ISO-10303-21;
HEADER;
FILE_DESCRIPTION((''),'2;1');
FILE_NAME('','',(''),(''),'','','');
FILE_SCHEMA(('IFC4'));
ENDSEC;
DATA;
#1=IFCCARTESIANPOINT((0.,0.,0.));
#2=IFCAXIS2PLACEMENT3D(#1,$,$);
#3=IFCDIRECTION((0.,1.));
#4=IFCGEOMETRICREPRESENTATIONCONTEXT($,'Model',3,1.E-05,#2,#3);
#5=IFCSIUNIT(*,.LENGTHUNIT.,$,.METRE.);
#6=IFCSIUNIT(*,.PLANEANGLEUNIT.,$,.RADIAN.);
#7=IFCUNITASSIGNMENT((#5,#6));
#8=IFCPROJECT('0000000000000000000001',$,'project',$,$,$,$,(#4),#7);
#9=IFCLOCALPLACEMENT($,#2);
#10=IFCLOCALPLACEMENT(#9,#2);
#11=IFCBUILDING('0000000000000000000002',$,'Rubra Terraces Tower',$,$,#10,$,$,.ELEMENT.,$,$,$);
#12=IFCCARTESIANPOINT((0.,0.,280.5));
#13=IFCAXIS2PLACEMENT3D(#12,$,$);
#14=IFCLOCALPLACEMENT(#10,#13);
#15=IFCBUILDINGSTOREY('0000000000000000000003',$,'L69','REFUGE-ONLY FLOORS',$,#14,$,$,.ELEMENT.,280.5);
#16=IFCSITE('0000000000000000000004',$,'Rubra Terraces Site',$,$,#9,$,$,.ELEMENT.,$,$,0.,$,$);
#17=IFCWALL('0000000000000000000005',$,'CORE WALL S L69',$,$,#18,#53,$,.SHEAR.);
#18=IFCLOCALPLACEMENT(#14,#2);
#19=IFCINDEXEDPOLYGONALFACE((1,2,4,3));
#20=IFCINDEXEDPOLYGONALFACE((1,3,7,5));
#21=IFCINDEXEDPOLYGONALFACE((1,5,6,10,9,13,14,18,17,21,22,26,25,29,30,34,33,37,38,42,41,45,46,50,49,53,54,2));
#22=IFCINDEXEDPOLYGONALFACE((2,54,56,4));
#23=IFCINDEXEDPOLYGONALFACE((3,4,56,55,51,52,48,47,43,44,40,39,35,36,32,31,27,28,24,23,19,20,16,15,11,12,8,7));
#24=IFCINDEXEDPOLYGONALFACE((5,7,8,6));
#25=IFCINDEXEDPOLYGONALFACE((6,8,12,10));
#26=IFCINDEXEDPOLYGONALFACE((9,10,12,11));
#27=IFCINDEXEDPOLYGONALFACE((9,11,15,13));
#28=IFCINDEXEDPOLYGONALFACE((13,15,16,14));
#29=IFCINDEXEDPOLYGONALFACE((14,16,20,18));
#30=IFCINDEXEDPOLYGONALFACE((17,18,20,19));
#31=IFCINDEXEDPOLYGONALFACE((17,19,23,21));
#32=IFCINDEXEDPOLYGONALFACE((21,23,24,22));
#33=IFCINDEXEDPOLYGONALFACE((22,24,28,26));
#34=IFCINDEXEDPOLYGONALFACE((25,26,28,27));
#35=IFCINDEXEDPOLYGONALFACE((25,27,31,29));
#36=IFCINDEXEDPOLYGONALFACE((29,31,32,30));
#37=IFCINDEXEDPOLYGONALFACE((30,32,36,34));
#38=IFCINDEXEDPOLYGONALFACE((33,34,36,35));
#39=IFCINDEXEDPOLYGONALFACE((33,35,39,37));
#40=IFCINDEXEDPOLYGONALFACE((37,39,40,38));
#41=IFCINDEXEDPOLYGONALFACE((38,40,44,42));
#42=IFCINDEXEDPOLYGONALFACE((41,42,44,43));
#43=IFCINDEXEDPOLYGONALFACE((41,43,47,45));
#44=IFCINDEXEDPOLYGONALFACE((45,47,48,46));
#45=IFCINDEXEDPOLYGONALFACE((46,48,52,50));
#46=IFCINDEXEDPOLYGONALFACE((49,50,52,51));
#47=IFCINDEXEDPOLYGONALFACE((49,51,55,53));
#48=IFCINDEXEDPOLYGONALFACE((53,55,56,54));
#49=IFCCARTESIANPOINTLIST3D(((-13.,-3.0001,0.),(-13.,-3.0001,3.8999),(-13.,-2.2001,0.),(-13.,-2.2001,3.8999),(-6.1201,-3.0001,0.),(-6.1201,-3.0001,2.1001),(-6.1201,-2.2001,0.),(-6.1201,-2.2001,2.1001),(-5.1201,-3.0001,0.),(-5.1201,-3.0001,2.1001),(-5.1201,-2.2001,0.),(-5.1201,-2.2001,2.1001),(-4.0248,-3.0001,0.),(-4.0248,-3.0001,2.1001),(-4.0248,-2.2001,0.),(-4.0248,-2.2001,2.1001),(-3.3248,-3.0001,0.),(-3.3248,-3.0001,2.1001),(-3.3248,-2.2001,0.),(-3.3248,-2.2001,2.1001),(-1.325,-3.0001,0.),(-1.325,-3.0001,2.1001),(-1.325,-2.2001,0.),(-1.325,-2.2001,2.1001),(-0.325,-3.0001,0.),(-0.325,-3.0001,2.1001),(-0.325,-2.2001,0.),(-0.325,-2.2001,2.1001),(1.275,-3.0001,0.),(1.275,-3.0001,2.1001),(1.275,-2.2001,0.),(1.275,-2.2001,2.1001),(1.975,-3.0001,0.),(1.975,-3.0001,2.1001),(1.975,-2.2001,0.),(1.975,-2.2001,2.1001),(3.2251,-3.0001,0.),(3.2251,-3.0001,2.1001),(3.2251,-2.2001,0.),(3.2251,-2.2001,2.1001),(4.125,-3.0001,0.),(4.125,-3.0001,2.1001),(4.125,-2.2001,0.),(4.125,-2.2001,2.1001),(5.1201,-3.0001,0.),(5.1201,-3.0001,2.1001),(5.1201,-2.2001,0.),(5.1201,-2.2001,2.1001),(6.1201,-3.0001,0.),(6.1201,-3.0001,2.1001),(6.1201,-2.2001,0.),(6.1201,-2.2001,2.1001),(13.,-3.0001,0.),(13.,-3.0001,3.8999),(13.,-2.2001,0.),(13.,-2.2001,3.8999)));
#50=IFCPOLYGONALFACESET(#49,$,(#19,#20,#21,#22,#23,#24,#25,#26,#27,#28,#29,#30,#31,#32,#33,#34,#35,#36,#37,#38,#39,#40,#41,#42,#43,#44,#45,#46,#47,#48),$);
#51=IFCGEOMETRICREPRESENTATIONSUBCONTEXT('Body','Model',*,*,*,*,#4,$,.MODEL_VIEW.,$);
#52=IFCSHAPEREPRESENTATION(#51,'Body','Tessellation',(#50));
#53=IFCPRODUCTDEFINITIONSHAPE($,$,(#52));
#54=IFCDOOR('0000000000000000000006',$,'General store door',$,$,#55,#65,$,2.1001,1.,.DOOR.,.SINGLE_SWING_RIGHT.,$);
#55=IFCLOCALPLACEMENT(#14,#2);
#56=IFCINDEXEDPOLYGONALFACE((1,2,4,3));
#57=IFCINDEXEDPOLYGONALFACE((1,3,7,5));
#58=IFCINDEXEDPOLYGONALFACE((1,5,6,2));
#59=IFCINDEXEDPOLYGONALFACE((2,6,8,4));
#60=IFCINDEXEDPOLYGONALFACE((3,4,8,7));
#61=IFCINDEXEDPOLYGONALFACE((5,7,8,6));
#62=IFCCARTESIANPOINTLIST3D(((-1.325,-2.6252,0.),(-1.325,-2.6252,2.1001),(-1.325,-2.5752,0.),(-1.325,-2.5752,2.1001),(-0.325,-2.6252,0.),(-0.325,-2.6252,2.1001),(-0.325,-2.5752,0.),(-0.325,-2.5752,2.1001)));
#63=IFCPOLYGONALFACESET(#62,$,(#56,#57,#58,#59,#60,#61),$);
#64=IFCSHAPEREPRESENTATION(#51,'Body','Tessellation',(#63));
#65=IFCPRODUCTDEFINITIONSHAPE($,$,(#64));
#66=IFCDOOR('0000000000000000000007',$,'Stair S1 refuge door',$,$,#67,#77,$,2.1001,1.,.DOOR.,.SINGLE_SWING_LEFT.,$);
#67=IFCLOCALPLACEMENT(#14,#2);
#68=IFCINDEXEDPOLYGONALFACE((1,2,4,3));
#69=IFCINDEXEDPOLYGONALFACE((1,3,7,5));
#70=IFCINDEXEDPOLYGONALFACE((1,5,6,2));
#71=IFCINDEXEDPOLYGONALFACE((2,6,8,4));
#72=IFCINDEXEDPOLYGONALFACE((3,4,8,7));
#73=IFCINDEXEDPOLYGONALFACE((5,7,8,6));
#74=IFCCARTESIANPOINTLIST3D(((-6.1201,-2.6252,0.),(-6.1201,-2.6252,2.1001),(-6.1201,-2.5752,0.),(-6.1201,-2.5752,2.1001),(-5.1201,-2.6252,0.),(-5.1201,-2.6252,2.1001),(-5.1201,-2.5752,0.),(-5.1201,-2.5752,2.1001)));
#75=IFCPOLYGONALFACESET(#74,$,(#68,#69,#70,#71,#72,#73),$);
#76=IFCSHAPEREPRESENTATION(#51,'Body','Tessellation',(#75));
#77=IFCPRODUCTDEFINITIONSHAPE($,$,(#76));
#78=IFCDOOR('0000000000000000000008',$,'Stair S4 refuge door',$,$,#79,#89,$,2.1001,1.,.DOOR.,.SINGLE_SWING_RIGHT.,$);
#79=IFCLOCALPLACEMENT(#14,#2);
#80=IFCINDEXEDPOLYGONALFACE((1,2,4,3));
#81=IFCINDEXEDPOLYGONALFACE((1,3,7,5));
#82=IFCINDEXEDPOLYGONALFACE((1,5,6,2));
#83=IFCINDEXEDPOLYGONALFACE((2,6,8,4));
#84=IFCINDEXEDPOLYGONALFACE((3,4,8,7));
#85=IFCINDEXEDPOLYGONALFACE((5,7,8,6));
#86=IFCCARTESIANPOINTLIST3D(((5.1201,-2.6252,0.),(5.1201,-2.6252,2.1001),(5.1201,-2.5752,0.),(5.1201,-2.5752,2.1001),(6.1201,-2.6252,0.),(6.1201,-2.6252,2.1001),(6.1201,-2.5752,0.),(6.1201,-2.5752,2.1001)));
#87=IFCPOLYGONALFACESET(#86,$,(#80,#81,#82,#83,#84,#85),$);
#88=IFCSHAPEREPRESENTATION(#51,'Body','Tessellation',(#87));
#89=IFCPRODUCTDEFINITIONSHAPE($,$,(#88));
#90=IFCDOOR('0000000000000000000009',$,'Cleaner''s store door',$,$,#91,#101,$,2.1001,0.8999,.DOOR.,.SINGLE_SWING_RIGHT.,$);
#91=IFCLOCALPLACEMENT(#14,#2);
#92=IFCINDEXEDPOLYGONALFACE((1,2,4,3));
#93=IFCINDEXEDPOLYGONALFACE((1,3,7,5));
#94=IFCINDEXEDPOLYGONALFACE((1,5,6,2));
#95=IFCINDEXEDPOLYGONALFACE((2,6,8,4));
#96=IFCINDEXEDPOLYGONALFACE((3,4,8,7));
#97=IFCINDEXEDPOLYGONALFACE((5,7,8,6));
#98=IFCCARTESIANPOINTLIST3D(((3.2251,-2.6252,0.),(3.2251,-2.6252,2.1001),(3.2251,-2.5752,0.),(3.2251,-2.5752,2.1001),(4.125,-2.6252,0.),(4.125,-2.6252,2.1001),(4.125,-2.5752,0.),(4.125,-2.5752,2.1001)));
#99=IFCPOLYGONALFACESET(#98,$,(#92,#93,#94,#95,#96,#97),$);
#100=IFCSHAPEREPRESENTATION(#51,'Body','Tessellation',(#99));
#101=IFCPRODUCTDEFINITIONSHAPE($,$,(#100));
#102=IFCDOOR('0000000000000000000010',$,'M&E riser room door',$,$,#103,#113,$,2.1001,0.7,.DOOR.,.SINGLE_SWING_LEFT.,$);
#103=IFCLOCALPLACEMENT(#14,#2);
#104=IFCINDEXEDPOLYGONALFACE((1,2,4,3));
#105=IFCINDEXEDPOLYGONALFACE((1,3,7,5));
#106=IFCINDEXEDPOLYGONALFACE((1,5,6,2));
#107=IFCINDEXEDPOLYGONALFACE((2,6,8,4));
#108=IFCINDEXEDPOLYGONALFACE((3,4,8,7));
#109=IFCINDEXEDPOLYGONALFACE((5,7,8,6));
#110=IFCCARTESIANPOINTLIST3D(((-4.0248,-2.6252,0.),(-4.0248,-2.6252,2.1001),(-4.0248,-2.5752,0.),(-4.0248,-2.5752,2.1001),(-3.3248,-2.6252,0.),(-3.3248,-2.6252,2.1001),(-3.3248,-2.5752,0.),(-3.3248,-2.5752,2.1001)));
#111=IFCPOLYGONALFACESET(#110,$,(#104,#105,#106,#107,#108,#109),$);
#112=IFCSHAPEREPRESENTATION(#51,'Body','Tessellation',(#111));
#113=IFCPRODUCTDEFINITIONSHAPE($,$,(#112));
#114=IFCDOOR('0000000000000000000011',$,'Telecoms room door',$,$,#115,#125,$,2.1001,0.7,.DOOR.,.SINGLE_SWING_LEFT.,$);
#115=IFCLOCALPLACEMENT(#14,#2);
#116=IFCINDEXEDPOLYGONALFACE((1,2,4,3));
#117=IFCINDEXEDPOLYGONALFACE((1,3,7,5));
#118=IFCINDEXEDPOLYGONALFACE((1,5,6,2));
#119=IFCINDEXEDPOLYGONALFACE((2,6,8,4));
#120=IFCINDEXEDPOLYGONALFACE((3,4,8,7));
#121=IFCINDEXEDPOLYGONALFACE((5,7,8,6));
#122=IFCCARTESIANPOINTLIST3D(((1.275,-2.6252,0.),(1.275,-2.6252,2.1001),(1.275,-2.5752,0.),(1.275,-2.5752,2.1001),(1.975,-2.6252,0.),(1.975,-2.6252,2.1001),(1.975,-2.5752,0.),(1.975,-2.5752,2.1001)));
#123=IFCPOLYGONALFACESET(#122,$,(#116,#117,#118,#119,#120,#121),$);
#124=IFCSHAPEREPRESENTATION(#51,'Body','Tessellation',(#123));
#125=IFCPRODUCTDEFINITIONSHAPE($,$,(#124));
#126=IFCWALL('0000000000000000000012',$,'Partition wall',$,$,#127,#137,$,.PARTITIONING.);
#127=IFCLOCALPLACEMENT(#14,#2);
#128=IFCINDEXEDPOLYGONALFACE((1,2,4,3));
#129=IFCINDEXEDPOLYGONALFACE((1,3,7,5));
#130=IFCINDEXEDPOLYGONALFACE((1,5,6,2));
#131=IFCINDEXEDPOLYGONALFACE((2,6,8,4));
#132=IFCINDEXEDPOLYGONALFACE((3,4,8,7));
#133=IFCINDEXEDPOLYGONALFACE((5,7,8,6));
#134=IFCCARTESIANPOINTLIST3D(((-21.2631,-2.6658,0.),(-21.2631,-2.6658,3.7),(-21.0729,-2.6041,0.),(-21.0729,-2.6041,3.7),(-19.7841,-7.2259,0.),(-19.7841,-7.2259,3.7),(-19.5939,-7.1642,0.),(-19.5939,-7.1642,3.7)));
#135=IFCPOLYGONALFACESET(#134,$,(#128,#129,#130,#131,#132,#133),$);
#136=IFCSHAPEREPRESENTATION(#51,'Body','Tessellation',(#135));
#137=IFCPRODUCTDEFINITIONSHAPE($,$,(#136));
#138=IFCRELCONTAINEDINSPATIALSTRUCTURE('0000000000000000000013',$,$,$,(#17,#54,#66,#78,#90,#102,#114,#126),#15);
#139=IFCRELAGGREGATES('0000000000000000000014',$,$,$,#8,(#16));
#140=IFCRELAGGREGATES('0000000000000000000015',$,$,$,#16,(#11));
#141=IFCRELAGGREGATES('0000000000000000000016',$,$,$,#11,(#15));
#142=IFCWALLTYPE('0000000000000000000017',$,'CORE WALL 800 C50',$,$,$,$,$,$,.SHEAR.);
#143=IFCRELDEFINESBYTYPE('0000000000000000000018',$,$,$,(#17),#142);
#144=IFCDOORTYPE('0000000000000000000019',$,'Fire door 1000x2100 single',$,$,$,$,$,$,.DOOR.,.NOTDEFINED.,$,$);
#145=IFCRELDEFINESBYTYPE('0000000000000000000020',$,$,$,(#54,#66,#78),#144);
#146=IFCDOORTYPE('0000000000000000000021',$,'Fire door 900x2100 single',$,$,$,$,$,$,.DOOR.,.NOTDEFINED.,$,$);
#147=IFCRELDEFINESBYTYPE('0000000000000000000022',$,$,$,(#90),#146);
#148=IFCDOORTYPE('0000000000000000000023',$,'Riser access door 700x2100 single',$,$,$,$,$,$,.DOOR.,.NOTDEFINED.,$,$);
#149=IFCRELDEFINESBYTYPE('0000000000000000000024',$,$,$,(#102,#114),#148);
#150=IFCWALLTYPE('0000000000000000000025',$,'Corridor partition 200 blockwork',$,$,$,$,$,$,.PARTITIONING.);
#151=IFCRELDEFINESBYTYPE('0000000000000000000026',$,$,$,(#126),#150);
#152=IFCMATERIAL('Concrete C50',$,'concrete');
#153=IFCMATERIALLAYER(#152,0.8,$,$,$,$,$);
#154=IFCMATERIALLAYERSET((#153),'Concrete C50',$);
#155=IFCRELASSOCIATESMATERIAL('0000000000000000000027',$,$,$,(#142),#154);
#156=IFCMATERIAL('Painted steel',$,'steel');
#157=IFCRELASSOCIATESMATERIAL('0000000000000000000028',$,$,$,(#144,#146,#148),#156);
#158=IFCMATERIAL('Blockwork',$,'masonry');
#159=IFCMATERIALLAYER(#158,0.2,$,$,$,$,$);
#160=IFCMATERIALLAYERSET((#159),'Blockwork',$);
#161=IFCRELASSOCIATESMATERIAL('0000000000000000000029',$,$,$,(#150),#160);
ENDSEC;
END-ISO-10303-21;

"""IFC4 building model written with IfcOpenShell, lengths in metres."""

from ifc_helpers import new_model, si_unit, direction, frame, frame_2d, origin, place, context, subcontext, project, spatial, rectangle, extrude, material, layer, layer_set, type_object, element, fill, save


model = new_model("IFC4")

# Units and contexts
model_context = context("Model", 3, precision=1e-05, world=origin(), true_north=direction((0.0, 1.0)))
body_context = subcontext(model_context, "Body", "Model", "MODEL_VIEW")
ifc_project = project(units=[si_unit("LENGTHUNIT", "METRE"), si_unit("PLANEANGLEUNIT", "RADIAN")], contexts=[model_context])

# Site, building, storey
site_placement = place(None, origin())
site = spatial("IfcSite", under=ifc_project, at=site_placement, Name="Rubra Terraces Site", CompositionType="ELEMENT", RefElevation=0.0)
building_placement = place(site_placement, origin())
building = spatial("IfcBuilding", under=site, at=building_placement, Name="Rubra Terraces Tower", CompositionType="ELEMENT")
storey_placement = place(building_placement, frame((0.0, 0.0, 280.5)))
storey = spatial("IfcBuildingStorey", under=building, at=storey_placement, Name="L69", Description="REFUGE-ONLY FLOORS", CompositionType="ELEMENT", Elevation=280.5)

# Shared definitions
ifc_material_1 = material(Name="Concrete C50", Category="concrete")

# Wall, openings, doors
ifc_layer_1 = layer(ifc_material_1, 0.8)
ifc_layer_set_1 = layer_set([ifc_layer_1], Name="Concrete C50")
wall_type_1 = type_object("IfcWallType", Name="CORE WALL 800 C50", PredefinedType="SHEAR", material=ifc_layer_set_1)
wall_1_placement = place(storey_placement, frame((-13.0, -2.6001, 0.0), z_axis=(0.0, 0.0, 1.0), x_axis=(1.0, 0.0, 0.0)))
wall_1 = element("IfcWall", 1, at=wall_1_placement, inside=storey, type_object=wall_type_1, Name="CORE WALL S L69", PredefinedType="SHEAR", context=body_context, shape_type="SweptSolid", body=[
    extrude(rectangle(XDim=26.0, YDim=0.8, at=frame_2d((13.0, 0.0))), origin(), (0.0, 0.0, 1.0), 3.8999),
])
opening_1_placement = place(wall_1_placement, frame((8.9751, 0.0, 0.0)))
opening_1 = element("IfcOpeningElement", 2, at=opening_1_placement, cuts=wall_1, PredefinedType="OPENING", context=body_context, shape_type="SweptSolid", body=[
    extrude(rectangle(XDim=0.7, YDim=2.1001, at=frame_2d((0.3501, 1.05))), frame((0.0, 0.4099, 0.0), z_axis=(0.0, -1.0, 0.0), x_axis=(1.0, 0.0, 0.0)), (0.0, 0.0, 1.0), 0.8201),
])
opening_2_placement = place(wall_1_placement, frame((11.675, 0.0, 0.0)))
opening_2 = element("IfcOpeningElement", 3, at=opening_2_placement, cuts=wall_1, PredefinedType="OPENING", context=body_context, shape_type="SweptSolid", body=[
    extrude(rectangle(XDim=1.0, YDim=2.1001, at=frame_2d((0.5, 1.05))), frame((0.0, 0.4099, 0.0), z_axis=(0.0, -1.0, 0.0), x_axis=(1.0, 0.0, 0.0)), (0.0, 0.0, 1.0), 0.8201),
])
opening_3_placement = place(wall_1_placement, frame((14.2749, 0.0, 0.0)))
opening_3 = element("IfcOpeningElement", 4, at=opening_3_placement, cuts=wall_1, PredefinedType="OPENING", context=body_context, shape_type="SweptSolid", body=[
    extrude(rectangle(XDim=0.7, YDim=2.1001, at=frame_2d((0.3501, 1.05))), frame((0.0, 0.4099, 0.0), z_axis=(0.0, -1.0, 0.0), x_axis=(1.0, 0.0, 0.0)), (0.0, 0.0, 1.0), 0.8201),
])
opening_4_placement = place(wall_1_placement, frame((16.2251, 0.0, 0.0)))
opening_4 = element("IfcOpeningElement", 5, at=opening_4_placement, cuts=wall_1, PredefinedType="OPENING", context=body_context, shape_type="SweptSolid", body=[
    extrude(rectangle(XDim=0.8999, YDim=2.1001, at=frame_2d((0.45, 1.05))), frame((0.0, 0.4099, 0.0), z_axis=(0.0, -1.0, 0.0), x_axis=(1.0, 0.0, 0.0)), (0.0, 0.0, 1.0), 0.8201),
])
opening_5_placement = place(wall_1_placement, frame((6.8799, 0.0, 0.0)))
opening_5 = element("IfcOpeningElement", 6, at=opening_5_placement, cuts=wall_1, PredefinedType="OPENING", context=body_context, shape_type="SweptSolid", body=[
    extrude(rectangle(XDim=1.0, YDim=2.1001, at=frame_2d((0.5, 1.05))), frame((0.0, 0.4099, 0.0), z_axis=(0.0, -1.0, 0.0), x_axis=(1.0, 0.0, 0.0)), (0.0, 0.0, 1.0), 0.8201),
])
opening_6_placement = place(wall_1_placement, frame((18.1201, 0.0, 0.0)))
opening_6 = element("IfcOpeningElement", 7, at=opening_6_placement, cuts=wall_1, PredefinedType="OPENING", context=body_context, shape_type="SweptSolid", body=[
    extrude(rectangle(XDim=1.0, YDim=2.1001, at=frame_2d((0.5, 1.05))), frame((0.0, 0.4099, 0.0), z_axis=(0.0, -1.0, 0.0), x_axis=(1.0, 0.0, 0.0)), (0.0, 0.0, 1.0), 0.8201),
])
ifc_material_2 = material(Name="Painted steel", Category="steel")
door_type_1 = type_object("IfcDoorType", Name="Fire door 1000x2100 single", OperationType="NOTDEFINED", PredefinedType="DOOR", material=ifc_material_2)
door_1_placement = place(opening_2_placement, origin())
door_1 = element("IfcDoor", 8, at=door_1_placement, inside=storey, type_object=door_type_1, Name="General store door", OperationType="SINGLE_SWING_RIGHT", OverallHeight=2.1001, OverallWidth=1.0, PredefinedType="DOOR", context=body_context, shape_type="SweptSolid", body=[
    extrude(rectangle(XDim=1.0, YDim=2.1001, at=frame_2d((0.5, 1.05))), frame((0.0, 0.0249, 0.0), z_axis=(0.0, -1.0, 0.0), x_axis=(1.0, 0.0, 0.0)), (0.0, 0.0, 1.0), 0.05),
])
fill(opening_2, door_1)
door_2_placement = place(opening_5_placement, origin())
door_2 = element("IfcDoor", 9, at=door_2_placement, inside=storey, type_object=door_type_1, Name="Stair S1 refuge door", OperationType="SINGLE_SWING_LEFT", OverallHeight=2.1001, OverallWidth=1.0, PredefinedType="DOOR", context=body_context, shape_type="SweptSolid", body=[
    extrude(rectangle(XDim=1.0, YDim=2.1001, at=frame_2d((0.5, 1.05))), frame((0.0, 0.0249, 0.0), z_axis=(0.0, -1.0, 0.0), x_axis=(1.0, 0.0, 0.0)), (0.0, 0.0, 1.0), 0.05),
])
fill(opening_5, door_2)
door_3_placement = place(opening_6_placement, origin())
door_3 = element("IfcDoor", 10, at=door_3_placement, inside=storey, type_object=door_type_1, Name="Stair S4 refuge door", OperationType="SINGLE_SWING_RIGHT", OverallHeight=2.1001, OverallWidth=1.0, PredefinedType="DOOR", context=body_context, shape_type="SweptSolid", body=[
    extrude(rectangle(XDim=1.0, YDim=2.1001, at=frame_2d((0.5, 1.05))), frame((0.0, 0.0249, 0.0), z_axis=(0.0, -1.0, 0.0), x_axis=(1.0, 0.0, 0.0)), (0.0, 0.0, 1.0), 0.05),
])
fill(opening_6, door_3)
door_type_2 = type_object("IfcDoorType", Name="Fire door 900x2100 single", OperationType="NOTDEFINED", PredefinedType="DOOR", material=ifc_material_2)
door_4_placement = place(opening_4_placement, origin())
door_4 = element("IfcDoor", 11, at=door_4_placement, inside=storey, type_object=door_type_2, Name="Cleaner's store door", OperationType="SINGLE_SWING_RIGHT", OverallHeight=2.1001, OverallWidth=0.8999, PredefinedType="DOOR", context=body_context, shape_type="SweptSolid", body=[
    extrude(rectangle(XDim=0.8999, YDim=2.1001, at=frame_2d((0.45, 1.05))), frame((0.0, 0.0249, 0.0), z_axis=(0.0, -1.0, 0.0), x_axis=(1.0, 0.0, 0.0)), (0.0, 0.0, 1.0), 0.05),
])
fill(opening_4, door_4)
door_type_3 = type_object("IfcDoorType", Name="Riser access door 700x2100 single", OperationType="NOTDEFINED", PredefinedType="DOOR", material=ifc_material_2)
door_5_placement = place(opening_1_placement, origin())
door_5 = element("IfcDoor", 12, at=door_5_placement, inside=storey, type_object=door_type_3, Name="M&E riser room door", OperationType="SINGLE_SWING_LEFT", OverallHeight=2.1001, OverallWidth=0.7, PredefinedType="DOOR", context=body_context, shape_type="SweptSolid", body=[
    extrude(rectangle(XDim=0.7, YDim=2.1001, at=frame_2d((0.3501, 1.05))), frame((0.0, 0.0249, 0.0), z_axis=(0.0, -1.0, 0.0), x_axis=(1.0, 0.0, 0.0)), (0.0, 0.0, 1.0), 0.05),
])
fill(opening_1, door_5)
door_6_placement = place(opening_3_placement, origin())
door_6 = element("IfcDoor", 13, at=door_6_placement, inside=storey, type_object=door_type_3, Name="Telecoms room door", OperationType="SINGLE_SWING_LEFT", OverallHeight=2.1001, OverallWidth=0.7, PredefinedType="DOOR", context=body_context, shape_type="SweptSolid", body=[
    extrude(rectangle(XDim=0.7, YDim=2.1001, at=frame_2d((0.3501, 1.05))), frame((0.0, 0.0249, 0.0), z_axis=(0.0, -1.0, 0.0), x_axis=(1.0, 0.0, 0.0)), (0.0, 0.0, 1.0), 0.05),
])
fill(opening_3, door_6)

# Wall
ifc_material_3 = material(Name="Blockwork", Category="masonry")
ifc_layer_2 = layer(ifc_material_3, 0.2)
ifc_layer_set_2 = layer_set([ifc_layer_2], Name="Blockwork")
wall_type_2 = type_object("IfcWallType", Name="Corridor partition 200 blockwork", PredefinedType="PARTITIONING", material=ifc_layer_set_2)
wall_2_placement = place(storey_placement, frame((-19.689, -7.1951, 0.0), z_axis=(0.0, 0.0, 1.0), x_axis=(-0.308517, 0.951219, 0.0)))
element("IfcWall", 14, at=wall_2_placement, inside=storey, type_object=wall_type_2, Name="Partition wall", PredefinedType="PARTITIONING", context=body_context, shape_type="SweptSolid", body=[
    extrude(rectangle(XDim=4.7939, YDim=0.2, at=frame_2d((2.397, 0.0))), origin(), (0.0, 0.0, 1.0), 3.7),
])

save(model, "model.ifc")
